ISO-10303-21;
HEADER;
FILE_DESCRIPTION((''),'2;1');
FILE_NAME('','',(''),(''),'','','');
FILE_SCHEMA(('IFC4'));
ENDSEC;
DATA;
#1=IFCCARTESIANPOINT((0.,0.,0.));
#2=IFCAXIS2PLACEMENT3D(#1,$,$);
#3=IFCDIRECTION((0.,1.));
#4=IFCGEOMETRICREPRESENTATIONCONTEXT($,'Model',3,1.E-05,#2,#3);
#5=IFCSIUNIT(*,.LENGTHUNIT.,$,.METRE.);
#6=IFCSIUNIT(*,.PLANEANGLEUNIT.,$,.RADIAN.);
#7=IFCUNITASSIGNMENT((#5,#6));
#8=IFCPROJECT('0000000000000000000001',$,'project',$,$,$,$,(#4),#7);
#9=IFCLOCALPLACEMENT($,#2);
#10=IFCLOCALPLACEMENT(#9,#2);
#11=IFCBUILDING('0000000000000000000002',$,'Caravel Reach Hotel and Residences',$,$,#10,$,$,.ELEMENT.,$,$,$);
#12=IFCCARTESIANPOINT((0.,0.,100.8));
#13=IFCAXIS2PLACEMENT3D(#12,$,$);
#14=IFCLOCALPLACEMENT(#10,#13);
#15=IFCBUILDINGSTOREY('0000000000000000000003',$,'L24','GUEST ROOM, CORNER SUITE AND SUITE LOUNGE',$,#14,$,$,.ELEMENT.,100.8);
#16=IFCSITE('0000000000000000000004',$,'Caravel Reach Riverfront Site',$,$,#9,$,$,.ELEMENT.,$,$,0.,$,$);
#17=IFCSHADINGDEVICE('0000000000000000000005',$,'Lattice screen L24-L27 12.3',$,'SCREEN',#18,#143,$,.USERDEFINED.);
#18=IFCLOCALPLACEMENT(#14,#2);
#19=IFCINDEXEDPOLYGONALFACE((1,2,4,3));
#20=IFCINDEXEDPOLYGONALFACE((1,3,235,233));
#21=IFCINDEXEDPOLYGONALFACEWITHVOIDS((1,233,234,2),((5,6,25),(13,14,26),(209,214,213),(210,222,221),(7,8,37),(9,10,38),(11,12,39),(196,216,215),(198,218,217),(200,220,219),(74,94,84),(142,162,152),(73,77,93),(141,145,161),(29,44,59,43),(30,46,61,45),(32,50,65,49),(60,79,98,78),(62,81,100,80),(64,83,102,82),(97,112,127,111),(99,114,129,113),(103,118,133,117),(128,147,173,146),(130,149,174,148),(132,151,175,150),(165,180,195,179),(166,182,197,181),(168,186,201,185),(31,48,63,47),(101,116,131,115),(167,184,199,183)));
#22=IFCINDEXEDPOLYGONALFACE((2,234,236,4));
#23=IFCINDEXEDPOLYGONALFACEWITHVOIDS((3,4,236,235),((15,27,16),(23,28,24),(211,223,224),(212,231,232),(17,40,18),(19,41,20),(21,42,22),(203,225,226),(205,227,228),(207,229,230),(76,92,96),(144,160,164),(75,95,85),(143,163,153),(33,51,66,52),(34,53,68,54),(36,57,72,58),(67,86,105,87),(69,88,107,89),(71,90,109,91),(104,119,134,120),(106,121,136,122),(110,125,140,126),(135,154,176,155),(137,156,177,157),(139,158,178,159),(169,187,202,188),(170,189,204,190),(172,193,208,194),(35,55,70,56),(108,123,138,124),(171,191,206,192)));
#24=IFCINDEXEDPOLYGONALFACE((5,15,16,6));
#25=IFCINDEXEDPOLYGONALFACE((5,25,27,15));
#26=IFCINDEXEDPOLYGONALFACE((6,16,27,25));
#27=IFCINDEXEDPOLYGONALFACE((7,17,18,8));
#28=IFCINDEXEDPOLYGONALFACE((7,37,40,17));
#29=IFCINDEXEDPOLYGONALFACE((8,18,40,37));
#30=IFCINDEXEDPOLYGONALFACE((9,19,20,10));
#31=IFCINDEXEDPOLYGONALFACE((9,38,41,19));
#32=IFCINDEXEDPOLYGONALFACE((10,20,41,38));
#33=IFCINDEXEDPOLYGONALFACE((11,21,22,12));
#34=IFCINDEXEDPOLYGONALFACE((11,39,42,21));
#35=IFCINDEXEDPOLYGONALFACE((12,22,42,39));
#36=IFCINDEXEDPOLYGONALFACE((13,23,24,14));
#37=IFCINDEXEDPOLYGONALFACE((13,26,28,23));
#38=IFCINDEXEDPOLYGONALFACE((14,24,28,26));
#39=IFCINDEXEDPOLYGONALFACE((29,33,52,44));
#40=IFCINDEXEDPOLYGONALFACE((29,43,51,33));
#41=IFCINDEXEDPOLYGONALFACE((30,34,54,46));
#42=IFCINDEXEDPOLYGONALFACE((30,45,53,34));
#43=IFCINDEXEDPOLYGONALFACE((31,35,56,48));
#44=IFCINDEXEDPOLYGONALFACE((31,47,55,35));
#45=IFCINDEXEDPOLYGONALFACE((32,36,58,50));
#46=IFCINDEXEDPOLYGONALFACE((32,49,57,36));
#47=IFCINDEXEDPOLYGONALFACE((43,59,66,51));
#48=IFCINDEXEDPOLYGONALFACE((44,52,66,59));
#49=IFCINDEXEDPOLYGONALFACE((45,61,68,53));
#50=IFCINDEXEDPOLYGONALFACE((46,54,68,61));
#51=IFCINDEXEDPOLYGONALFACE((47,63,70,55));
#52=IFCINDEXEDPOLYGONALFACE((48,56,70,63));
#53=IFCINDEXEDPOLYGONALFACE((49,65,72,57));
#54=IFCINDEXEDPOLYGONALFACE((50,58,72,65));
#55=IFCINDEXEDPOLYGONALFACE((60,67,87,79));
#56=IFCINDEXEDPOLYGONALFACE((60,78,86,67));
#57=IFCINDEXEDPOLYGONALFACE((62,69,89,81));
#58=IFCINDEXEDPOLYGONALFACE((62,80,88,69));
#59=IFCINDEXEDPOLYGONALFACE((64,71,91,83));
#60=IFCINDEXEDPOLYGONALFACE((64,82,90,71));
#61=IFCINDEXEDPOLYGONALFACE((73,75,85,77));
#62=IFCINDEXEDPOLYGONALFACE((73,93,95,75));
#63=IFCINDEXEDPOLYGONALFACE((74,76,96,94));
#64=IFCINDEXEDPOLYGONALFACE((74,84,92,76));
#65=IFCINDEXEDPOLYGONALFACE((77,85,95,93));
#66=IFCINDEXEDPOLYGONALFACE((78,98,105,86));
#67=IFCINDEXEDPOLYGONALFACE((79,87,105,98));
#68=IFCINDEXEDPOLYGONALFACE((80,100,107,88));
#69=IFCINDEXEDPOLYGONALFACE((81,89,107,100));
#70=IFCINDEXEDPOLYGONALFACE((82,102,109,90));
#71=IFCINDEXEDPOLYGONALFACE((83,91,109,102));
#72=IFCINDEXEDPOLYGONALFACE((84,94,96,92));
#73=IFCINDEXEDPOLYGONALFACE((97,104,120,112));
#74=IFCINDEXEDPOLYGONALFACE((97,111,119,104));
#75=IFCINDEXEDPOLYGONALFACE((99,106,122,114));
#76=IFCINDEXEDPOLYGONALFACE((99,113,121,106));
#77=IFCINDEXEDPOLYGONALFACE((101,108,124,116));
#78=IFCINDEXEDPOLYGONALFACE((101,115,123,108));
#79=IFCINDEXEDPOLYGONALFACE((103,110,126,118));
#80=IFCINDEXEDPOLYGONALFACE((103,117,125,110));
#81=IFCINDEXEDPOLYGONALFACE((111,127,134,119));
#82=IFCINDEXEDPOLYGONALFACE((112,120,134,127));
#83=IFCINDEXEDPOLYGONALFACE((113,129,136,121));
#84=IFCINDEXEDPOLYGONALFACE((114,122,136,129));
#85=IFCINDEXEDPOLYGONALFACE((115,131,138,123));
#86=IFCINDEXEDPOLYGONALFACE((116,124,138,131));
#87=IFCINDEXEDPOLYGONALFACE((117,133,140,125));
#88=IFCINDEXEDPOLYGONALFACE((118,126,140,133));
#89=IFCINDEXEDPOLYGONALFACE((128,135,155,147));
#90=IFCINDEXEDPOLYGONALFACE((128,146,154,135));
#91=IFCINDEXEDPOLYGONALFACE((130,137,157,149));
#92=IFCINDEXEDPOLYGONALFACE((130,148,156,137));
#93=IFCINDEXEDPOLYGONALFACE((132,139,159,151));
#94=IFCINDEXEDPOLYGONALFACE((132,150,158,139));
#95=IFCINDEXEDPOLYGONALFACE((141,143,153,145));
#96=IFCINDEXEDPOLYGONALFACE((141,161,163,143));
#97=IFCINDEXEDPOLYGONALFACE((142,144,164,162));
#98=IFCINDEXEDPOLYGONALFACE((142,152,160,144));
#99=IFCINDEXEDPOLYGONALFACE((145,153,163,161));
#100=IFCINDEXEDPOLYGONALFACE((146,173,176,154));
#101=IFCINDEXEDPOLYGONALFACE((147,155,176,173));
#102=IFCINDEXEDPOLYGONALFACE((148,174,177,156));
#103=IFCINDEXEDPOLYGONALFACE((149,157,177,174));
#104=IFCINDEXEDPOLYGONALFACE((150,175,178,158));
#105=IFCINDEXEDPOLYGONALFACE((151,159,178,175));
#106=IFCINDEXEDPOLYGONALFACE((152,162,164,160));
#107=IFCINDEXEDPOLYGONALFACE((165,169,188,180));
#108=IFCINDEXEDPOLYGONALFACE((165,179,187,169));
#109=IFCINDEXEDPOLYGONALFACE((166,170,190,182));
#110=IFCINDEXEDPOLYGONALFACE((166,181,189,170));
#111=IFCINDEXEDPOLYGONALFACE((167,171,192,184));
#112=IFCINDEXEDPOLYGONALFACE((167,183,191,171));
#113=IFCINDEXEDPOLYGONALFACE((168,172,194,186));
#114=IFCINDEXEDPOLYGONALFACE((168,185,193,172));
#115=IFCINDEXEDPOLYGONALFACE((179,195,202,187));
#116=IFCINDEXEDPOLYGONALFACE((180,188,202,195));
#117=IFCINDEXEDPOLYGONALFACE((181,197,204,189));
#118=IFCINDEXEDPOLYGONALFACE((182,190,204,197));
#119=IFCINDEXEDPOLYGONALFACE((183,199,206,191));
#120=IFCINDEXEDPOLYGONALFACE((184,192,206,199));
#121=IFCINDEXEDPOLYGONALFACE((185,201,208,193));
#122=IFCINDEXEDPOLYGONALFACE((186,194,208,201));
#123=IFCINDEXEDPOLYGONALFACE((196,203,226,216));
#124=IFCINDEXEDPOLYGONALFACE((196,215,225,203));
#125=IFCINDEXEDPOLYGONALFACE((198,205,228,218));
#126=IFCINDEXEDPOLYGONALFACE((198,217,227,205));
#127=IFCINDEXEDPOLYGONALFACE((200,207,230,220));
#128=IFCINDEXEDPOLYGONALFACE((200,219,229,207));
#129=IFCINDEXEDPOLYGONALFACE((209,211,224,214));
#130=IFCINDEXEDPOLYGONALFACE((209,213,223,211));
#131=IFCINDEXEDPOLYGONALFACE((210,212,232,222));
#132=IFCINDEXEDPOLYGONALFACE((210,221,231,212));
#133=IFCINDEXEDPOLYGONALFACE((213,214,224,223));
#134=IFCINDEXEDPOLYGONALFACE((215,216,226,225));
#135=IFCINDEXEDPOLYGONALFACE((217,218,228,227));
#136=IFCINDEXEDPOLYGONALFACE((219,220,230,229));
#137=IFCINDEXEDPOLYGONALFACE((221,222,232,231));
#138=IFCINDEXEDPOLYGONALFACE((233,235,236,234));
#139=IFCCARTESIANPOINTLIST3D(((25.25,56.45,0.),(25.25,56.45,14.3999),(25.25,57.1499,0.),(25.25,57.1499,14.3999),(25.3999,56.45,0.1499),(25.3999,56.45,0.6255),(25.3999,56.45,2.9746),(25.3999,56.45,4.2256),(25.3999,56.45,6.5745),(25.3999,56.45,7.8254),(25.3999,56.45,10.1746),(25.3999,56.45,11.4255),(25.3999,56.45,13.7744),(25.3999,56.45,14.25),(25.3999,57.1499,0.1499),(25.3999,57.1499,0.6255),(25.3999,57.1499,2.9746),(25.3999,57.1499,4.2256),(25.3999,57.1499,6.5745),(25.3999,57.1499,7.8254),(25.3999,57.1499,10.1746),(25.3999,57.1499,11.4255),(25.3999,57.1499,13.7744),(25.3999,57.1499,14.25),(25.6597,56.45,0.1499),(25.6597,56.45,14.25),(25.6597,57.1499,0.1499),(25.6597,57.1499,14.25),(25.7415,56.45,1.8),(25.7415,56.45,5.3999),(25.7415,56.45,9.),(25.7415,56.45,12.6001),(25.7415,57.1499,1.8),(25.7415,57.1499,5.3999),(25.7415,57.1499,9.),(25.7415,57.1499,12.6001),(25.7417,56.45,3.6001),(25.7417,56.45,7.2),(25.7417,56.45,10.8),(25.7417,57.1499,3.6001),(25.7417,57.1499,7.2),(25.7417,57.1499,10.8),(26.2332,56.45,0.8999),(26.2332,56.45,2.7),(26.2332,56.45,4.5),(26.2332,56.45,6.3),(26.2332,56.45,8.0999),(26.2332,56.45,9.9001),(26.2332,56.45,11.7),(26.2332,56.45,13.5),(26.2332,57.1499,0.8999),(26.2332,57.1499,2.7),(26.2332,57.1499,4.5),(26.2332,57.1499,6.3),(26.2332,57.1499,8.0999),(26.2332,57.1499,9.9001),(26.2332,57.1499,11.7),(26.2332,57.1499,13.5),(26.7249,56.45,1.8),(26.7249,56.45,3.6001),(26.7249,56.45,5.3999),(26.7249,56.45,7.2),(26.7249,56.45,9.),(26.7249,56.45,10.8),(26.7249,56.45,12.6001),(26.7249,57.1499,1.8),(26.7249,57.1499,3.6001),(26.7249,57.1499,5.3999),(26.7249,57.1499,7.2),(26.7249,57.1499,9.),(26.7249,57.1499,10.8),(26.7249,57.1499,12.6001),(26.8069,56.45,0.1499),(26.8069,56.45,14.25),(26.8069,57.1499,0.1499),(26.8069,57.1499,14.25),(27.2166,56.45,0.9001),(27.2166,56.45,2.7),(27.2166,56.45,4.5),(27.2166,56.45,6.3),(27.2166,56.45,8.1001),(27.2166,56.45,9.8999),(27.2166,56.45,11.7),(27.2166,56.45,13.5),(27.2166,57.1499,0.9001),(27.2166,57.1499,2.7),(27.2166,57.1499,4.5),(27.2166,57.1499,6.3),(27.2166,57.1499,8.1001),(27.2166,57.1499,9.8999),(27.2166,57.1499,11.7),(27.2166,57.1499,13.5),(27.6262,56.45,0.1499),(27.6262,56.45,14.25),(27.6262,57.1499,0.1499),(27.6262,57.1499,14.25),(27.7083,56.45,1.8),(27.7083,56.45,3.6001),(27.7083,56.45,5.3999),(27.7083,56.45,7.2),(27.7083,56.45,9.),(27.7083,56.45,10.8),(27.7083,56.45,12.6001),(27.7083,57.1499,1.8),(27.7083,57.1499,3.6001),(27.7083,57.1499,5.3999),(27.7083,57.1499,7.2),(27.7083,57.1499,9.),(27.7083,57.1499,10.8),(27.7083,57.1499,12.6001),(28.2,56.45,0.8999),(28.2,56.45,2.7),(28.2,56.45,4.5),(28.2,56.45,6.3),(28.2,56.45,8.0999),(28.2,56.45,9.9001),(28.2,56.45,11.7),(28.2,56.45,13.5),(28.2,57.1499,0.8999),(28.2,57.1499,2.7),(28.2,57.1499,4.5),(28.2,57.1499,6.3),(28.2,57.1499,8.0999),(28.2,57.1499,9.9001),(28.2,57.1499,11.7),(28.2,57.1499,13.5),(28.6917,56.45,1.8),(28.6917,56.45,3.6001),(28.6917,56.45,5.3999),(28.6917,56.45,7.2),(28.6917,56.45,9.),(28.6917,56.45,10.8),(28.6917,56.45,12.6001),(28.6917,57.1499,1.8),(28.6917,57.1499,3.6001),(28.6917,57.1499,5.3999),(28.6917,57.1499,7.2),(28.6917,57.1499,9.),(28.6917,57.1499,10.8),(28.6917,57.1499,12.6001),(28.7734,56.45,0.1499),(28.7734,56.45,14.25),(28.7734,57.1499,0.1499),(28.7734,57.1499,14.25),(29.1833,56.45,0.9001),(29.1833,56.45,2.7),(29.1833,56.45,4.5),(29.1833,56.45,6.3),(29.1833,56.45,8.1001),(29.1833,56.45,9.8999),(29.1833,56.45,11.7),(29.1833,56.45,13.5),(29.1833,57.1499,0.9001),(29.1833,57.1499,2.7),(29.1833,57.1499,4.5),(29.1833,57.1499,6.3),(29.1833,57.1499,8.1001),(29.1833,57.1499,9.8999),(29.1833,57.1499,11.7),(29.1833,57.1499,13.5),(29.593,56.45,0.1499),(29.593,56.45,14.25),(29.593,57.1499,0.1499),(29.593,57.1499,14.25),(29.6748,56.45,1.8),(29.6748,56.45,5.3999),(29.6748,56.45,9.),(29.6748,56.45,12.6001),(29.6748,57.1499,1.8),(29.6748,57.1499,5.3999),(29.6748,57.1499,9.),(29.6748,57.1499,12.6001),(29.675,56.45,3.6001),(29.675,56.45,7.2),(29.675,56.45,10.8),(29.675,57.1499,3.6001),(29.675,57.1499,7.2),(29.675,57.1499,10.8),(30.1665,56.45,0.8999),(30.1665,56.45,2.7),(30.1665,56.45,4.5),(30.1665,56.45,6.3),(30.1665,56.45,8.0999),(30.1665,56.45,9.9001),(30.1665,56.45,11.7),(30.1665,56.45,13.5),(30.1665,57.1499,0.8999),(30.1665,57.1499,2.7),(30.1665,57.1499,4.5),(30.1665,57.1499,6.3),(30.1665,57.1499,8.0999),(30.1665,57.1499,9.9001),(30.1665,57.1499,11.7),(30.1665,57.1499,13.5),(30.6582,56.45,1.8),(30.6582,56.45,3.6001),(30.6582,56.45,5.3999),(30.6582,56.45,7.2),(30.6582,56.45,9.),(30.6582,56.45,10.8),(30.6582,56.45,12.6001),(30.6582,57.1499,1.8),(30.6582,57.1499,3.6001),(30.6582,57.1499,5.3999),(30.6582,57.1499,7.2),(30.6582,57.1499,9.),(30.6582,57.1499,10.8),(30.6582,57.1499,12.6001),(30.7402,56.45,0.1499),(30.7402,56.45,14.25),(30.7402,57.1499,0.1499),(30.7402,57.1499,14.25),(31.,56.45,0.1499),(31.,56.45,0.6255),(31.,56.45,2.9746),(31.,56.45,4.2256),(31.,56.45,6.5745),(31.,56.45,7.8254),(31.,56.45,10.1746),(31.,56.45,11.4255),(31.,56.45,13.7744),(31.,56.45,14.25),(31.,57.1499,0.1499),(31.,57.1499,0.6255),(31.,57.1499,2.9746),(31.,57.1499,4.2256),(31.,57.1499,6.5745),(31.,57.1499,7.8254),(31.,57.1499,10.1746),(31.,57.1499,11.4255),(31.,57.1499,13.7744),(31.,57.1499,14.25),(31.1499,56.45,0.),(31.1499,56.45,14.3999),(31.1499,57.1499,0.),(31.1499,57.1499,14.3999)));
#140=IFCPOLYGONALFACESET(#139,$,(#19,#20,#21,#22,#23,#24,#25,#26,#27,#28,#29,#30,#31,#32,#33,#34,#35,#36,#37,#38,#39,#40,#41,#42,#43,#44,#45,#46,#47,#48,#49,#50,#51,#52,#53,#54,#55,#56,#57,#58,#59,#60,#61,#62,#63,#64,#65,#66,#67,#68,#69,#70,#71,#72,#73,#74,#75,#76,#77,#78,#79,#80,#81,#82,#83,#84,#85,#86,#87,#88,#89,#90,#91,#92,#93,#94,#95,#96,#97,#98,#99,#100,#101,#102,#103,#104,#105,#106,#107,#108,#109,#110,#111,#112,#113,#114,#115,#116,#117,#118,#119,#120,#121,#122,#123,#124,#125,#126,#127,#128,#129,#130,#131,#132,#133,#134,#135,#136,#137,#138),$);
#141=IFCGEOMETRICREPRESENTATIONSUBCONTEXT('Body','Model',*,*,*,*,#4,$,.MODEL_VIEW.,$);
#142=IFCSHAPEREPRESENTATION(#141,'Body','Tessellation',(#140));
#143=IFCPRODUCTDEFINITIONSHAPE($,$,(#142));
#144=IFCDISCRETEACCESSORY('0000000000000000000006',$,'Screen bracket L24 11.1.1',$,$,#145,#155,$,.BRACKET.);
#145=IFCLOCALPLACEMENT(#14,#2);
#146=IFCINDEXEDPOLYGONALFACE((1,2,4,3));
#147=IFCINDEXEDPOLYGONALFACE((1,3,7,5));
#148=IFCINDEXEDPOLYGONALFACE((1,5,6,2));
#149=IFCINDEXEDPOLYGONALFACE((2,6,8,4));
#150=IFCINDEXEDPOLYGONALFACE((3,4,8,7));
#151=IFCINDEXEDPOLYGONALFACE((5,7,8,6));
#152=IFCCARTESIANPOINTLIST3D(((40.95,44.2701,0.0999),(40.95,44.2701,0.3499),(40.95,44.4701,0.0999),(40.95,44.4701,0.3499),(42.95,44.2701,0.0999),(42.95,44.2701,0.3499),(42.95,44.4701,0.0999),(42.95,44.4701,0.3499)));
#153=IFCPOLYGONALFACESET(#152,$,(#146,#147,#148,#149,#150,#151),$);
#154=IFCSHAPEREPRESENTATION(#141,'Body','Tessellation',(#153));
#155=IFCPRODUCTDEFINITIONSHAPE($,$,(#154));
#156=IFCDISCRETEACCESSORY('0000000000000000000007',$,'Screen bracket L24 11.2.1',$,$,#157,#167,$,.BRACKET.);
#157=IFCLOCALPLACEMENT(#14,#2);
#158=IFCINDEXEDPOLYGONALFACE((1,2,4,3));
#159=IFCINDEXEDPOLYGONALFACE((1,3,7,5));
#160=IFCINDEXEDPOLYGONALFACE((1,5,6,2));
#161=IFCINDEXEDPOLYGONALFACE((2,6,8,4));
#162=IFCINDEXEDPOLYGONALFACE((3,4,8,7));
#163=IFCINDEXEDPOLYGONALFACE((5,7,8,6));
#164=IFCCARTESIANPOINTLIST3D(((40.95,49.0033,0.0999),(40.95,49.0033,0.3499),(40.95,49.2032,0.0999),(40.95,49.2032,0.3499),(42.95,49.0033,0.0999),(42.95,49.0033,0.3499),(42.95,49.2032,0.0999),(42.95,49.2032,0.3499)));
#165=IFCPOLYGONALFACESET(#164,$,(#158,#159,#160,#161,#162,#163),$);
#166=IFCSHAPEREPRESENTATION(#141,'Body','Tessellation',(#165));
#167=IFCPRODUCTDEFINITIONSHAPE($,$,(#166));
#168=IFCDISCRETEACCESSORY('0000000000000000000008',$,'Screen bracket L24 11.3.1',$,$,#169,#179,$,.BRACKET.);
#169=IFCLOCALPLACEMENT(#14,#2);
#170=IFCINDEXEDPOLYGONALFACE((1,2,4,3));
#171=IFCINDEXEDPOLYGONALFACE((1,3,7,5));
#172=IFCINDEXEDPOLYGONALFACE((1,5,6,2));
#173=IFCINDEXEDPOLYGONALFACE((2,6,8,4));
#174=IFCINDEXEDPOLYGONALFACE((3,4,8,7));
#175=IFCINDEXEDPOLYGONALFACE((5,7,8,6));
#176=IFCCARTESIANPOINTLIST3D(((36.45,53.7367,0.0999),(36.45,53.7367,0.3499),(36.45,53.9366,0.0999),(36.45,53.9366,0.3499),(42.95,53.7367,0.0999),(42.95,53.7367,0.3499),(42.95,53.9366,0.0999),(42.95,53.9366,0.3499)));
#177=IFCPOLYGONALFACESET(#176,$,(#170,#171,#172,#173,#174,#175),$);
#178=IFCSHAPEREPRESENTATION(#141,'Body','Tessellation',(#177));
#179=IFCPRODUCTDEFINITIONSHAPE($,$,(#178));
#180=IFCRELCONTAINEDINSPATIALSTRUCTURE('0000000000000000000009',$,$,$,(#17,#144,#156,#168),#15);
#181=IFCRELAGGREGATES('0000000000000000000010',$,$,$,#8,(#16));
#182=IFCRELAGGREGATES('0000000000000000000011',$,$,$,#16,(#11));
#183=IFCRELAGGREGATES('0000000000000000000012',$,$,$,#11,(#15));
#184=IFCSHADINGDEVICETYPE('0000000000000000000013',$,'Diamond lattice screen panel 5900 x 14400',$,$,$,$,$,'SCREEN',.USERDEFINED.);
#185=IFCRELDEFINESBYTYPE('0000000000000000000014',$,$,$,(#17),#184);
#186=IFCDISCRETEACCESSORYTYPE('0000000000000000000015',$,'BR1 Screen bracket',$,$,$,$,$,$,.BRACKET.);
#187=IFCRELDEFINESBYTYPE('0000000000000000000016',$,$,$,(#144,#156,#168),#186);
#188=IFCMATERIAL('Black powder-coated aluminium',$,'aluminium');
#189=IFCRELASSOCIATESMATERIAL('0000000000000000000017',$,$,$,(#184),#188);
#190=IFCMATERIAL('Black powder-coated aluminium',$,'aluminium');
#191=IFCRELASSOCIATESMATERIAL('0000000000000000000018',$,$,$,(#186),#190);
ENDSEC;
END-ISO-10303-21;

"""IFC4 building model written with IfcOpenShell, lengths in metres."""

from ifc_helpers import new_model, si_unit, direction, frame, origin, origin_2d, place, context, subcontext, project, spatial, polyline, rectangle, outline, extrude, material, type_object, element, save


model = new_model("IFC4")

# Units and contexts
model_context = context("Model", 3, precision=1e-05, world=origin(), true_north=direction((0.0, 1.0)))
body_context = subcontext(model_context, "Body", "Model", "MODEL_VIEW")
ifc_project = project(units=[si_unit("LENGTHUNIT", "METRE"), si_unit("PLANEANGLEUNIT", "RADIAN")], contexts=[model_context])

# Site, building, storey
site_placement = place(None, origin())
site = spatial("IfcSite", under=ifc_project, at=site_placement, Name="Caravel Reach Riverfront Site", CompositionType="ELEMENT", RefElevation=0.0)
building_placement = place(site_placement, origin())
building = spatial("IfcBuilding", under=site, at=building_placement, Name="Caravel Reach Hotel and Residences", CompositionType="ELEMENT")
storey_placement = place(building_placement, frame((0.0, 0.0, 100.8)))
storey = spatial("IfcBuildingStorey", under=building, at=storey_placement, Name="L24", Description="GUEST ROOM, CORNER SUITE AND SUITE LOUNGE", CompositionType="ELEMENT", Elevation=100.8)

# Shading device
ifc_material_1 = material(Name="Black powder-coated aluminium", Category="aluminium")
shading_device_type_1 = type_object("IfcShadingDeviceType", Name="Diamond lattice screen panel 5900 x 14400", ElementType="SCREEN", PredefinedType="USERDEFINED", material=ifc_material_1)
shading_device_1_placement = place(storey_placement, frame((31.1499, 56.45, 0.0), z_axis=(0.0, 1.0, 0.0), x_axis=(-1.0, 0.0, 0.0)))
element("IfcShadingDevice", 1, at=shading_device_1_placement, inside=storey, type_object=shading_device_type_1, Name="Lattice screen L24-L27 12.3", ObjectType="SCREEN", PredefinedType="USERDEFINED", context=body_context, shape_type="SweptSolid", body=[
    extrude(outline(polyline([(0.0, 0.0), (5.8999, 0.0), (5.8999, 14.3999), (0.0, 14.3999), (0.0, 0.0)]), holes=[polyline([(0.4097, 0.1499), (0.1499, 0.6255), (0.1499, 0.1499), (0.4097, 0.1499)]), polyline([(0.4917, 3.6001), (0.1499, 4.2256), (0.1499, 2.9746), (0.4917, 3.6001)]), polyline([(0.4917, 7.2), (0.1499, 7.8254), (0.1499, 6.5745), (0.4917, 7.2)]), polyline([(0.4917, 10.8), (0.1499, 11.4255), (0.1499, 10.1746), (0.4917, 10.8)]), polyline([(0.1499, 13.7744), (0.4097, 14.25), (0.1499, 14.25), (0.1499, 13.7744)]), polyline([(0.9834, 2.7), (0.4917, 1.8), (0.9834, 0.8999), (1.4751, 1.8), (0.9834, 2.7)]), polyline([(0.9834, 6.3), (0.4917, 5.3999), (0.9834, 4.5), (1.4751, 5.3999), (0.9834, 6.3)]), polyline([(0.9834, 9.9001), (0.4917, 9.0), (0.9834, 8.0999), (1.4751, 9.0), (0.9834, 9.9001)]), polyline([(0.9834, 13.5), (0.4917, 12.6001), (0.9834, 11.7), (1.4751, 12.6001), (0.9834, 13.5)]), polyline([(1.9666, 0.9001), (1.5569, 0.1499), (2.3765, 0.1499), (1.9666, 0.9001)]), polyline([(1.9666, 4.5), (1.4749, 3.6001), (1.9666, 2.7), (2.4583, 3.6001), (1.9666, 4.5)]), polyline([(1.9666, 8.1001), (1.4749, 7.2), (1.9666, 6.3), (2.4583, 7.2), (1.9666, 8.1001)]), polyline([(1.9666, 11.7), (1.4749, 10.8), (1.9666, 9.8999), (2.4583, 10.8), (1.9666, 11.7)]), polyline([(1.9666, 13.5), (2.3765, 14.25), (1.5569, 14.25), (1.9666, 13.5)]), polyline([(2.95, 2.7), (2.4583, 1.8), (2.95, 0.8999), (3.4417, 1.8), (2.95, 2.7)]), polyline([(2.95, 6.3), (2.4583, 5.3999), (2.95, 4.5), (3.4417, 5.3999), (2.95, 6.3)]), polyline([(2.95, 9.9001), (2.4583, 9.0), (2.95, 8.0999), (3.4417, 9.0), (2.95, 9.9001)]), polyline([(2.95, 13.5), (2.4583, 12.6001), (2.95, 11.7), (3.4417, 12.6001), (2.95, 13.5)]), polyline([(3.9333, 0.9001), (3.5237, 0.1499), (4.343, 0.1499), (3.9333, 0.9001)]), polyline([(3.9333, 4.5), (3.4417, 3.6001), (3.9333, 2.7), (4.425, 3.6001), (3.9333, 4.5)]), polyline([(3.9333, 8.1001), (3.4417, 7.2), (3.9333, 6.3), (4.425, 7.2), (3.9333, 8.1001)]), polyline([(3.9333, 11.7), (3.4417, 10.8), (3.9333, 9.8999), (4.425, 10.8), (3.9333, 11.7)]), polyline([(3.9333, 13.5), (4.343, 14.25), (3.5237, 14.25), (3.9333, 13.5)]), polyline([(4.9167, 2.7), (4.425, 1.8), (4.9167, 0.8999), (5.4084, 1.8), (4.9167, 2.7)]), polyline([(4.9167, 6.3), (4.425, 5.3999), (4.9167, 4.5), (5.4084, 5.3999), (4.9167, 6.3)]), polyline([(4.9167, 9.9001), (4.425, 9.0), (4.9167, 8.0999), (5.4084, 9.0), (4.9167, 9.9001)]), polyline([(4.9167, 13.5), (4.425, 12.6001), (4.9167, 11.7), (5.4084, 12.6001), (4.9167, 13.5)]), polyline([(5.75, 0.6255), (5.4902, 0.1499), (5.75, 0.1499), (5.75, 0.6255)]), polyline([(5.4082, 3.6001), (5.75, 2.9746), (5.75, 4.2256), (5.4082, 3.6001)]), polyline([(5.4082, 7.2), (5.75, 6.5745), (5.75, 7.8254), (5.4082, 7.2)]), polyline([(5.4082, 10.8), (5.75, 10.1746), (5.75, 11.4255), (5.4082, 10.8)]), polyline([(5.4902, 14.25), (5.75, 13.7744), (5.75, 14.25), (5.4902, 14.25)])]), origin(), (0.0, 0.0, 1.0), 0.7),
])

# Discrete accessories
ifc_material_2 = material(Name="Black powder-coated aluminium", Category="aluminium")
discrete_accessory_type = type_object("IfcDiscreteAccessoryType", Name="BR1 Screen bracket", PredefinedType="BRACKET", material=ifc_material_2)
for number, where, z_axis, x_axis, name in (
    (2, (41.95, 44.3701, 0.0999), (0.0, 0.0, 1.0), (1.0, 0.0, 0.0), "Screen bracket L24 11.1.1"),
    (3, (41.95, 49.1033, 0.0999), (0.0, 0.0, 1.0), (1.0, 0.0, 0.0), "Screen bracket L24 11.2.1"),
):
    element("IfcDiscreteAccessory", number, at=place(storey_placement, frame(where, z_axis=z_axis, x_axis=x_axis)), inside=storey, type_object=discrete_accessory_type, Name=name, PredefinedType="BRACKET", context=body_context, shape_type="SweptSolid", body=[
        extrude(rectangle(XDim=2.0, YDim=0.2, at=origin_2d()), origin(), (0.0, 0.0, 1.0), 0.25),
    ])
for number, where, z_axis, x_axis, name in (
    (4, (39.7, 53.8367, 0.0999), (0.0, 0.0, 1.0), (1.0, 0.0, 0.0), "Screen bracket L24 11.3.1"),
):
    element("IfcDiscreteAccessory", number, at=place(storey_placement, frame(where, z_axis=z_axis, x_axis=x_axis)), inside=storey, type_object=discrete_accessory_type, Name=name, PredefinedType="BRACKET", context=body_context, shape_type="SweptSolid", body=[
        extrude(rectangle(XDim=6.5, YDim=0.2, at=origin_2d()), origin(), (0.0, 0.0, 1.0), 0.25),
    ])

save(model, "model.ifc")
